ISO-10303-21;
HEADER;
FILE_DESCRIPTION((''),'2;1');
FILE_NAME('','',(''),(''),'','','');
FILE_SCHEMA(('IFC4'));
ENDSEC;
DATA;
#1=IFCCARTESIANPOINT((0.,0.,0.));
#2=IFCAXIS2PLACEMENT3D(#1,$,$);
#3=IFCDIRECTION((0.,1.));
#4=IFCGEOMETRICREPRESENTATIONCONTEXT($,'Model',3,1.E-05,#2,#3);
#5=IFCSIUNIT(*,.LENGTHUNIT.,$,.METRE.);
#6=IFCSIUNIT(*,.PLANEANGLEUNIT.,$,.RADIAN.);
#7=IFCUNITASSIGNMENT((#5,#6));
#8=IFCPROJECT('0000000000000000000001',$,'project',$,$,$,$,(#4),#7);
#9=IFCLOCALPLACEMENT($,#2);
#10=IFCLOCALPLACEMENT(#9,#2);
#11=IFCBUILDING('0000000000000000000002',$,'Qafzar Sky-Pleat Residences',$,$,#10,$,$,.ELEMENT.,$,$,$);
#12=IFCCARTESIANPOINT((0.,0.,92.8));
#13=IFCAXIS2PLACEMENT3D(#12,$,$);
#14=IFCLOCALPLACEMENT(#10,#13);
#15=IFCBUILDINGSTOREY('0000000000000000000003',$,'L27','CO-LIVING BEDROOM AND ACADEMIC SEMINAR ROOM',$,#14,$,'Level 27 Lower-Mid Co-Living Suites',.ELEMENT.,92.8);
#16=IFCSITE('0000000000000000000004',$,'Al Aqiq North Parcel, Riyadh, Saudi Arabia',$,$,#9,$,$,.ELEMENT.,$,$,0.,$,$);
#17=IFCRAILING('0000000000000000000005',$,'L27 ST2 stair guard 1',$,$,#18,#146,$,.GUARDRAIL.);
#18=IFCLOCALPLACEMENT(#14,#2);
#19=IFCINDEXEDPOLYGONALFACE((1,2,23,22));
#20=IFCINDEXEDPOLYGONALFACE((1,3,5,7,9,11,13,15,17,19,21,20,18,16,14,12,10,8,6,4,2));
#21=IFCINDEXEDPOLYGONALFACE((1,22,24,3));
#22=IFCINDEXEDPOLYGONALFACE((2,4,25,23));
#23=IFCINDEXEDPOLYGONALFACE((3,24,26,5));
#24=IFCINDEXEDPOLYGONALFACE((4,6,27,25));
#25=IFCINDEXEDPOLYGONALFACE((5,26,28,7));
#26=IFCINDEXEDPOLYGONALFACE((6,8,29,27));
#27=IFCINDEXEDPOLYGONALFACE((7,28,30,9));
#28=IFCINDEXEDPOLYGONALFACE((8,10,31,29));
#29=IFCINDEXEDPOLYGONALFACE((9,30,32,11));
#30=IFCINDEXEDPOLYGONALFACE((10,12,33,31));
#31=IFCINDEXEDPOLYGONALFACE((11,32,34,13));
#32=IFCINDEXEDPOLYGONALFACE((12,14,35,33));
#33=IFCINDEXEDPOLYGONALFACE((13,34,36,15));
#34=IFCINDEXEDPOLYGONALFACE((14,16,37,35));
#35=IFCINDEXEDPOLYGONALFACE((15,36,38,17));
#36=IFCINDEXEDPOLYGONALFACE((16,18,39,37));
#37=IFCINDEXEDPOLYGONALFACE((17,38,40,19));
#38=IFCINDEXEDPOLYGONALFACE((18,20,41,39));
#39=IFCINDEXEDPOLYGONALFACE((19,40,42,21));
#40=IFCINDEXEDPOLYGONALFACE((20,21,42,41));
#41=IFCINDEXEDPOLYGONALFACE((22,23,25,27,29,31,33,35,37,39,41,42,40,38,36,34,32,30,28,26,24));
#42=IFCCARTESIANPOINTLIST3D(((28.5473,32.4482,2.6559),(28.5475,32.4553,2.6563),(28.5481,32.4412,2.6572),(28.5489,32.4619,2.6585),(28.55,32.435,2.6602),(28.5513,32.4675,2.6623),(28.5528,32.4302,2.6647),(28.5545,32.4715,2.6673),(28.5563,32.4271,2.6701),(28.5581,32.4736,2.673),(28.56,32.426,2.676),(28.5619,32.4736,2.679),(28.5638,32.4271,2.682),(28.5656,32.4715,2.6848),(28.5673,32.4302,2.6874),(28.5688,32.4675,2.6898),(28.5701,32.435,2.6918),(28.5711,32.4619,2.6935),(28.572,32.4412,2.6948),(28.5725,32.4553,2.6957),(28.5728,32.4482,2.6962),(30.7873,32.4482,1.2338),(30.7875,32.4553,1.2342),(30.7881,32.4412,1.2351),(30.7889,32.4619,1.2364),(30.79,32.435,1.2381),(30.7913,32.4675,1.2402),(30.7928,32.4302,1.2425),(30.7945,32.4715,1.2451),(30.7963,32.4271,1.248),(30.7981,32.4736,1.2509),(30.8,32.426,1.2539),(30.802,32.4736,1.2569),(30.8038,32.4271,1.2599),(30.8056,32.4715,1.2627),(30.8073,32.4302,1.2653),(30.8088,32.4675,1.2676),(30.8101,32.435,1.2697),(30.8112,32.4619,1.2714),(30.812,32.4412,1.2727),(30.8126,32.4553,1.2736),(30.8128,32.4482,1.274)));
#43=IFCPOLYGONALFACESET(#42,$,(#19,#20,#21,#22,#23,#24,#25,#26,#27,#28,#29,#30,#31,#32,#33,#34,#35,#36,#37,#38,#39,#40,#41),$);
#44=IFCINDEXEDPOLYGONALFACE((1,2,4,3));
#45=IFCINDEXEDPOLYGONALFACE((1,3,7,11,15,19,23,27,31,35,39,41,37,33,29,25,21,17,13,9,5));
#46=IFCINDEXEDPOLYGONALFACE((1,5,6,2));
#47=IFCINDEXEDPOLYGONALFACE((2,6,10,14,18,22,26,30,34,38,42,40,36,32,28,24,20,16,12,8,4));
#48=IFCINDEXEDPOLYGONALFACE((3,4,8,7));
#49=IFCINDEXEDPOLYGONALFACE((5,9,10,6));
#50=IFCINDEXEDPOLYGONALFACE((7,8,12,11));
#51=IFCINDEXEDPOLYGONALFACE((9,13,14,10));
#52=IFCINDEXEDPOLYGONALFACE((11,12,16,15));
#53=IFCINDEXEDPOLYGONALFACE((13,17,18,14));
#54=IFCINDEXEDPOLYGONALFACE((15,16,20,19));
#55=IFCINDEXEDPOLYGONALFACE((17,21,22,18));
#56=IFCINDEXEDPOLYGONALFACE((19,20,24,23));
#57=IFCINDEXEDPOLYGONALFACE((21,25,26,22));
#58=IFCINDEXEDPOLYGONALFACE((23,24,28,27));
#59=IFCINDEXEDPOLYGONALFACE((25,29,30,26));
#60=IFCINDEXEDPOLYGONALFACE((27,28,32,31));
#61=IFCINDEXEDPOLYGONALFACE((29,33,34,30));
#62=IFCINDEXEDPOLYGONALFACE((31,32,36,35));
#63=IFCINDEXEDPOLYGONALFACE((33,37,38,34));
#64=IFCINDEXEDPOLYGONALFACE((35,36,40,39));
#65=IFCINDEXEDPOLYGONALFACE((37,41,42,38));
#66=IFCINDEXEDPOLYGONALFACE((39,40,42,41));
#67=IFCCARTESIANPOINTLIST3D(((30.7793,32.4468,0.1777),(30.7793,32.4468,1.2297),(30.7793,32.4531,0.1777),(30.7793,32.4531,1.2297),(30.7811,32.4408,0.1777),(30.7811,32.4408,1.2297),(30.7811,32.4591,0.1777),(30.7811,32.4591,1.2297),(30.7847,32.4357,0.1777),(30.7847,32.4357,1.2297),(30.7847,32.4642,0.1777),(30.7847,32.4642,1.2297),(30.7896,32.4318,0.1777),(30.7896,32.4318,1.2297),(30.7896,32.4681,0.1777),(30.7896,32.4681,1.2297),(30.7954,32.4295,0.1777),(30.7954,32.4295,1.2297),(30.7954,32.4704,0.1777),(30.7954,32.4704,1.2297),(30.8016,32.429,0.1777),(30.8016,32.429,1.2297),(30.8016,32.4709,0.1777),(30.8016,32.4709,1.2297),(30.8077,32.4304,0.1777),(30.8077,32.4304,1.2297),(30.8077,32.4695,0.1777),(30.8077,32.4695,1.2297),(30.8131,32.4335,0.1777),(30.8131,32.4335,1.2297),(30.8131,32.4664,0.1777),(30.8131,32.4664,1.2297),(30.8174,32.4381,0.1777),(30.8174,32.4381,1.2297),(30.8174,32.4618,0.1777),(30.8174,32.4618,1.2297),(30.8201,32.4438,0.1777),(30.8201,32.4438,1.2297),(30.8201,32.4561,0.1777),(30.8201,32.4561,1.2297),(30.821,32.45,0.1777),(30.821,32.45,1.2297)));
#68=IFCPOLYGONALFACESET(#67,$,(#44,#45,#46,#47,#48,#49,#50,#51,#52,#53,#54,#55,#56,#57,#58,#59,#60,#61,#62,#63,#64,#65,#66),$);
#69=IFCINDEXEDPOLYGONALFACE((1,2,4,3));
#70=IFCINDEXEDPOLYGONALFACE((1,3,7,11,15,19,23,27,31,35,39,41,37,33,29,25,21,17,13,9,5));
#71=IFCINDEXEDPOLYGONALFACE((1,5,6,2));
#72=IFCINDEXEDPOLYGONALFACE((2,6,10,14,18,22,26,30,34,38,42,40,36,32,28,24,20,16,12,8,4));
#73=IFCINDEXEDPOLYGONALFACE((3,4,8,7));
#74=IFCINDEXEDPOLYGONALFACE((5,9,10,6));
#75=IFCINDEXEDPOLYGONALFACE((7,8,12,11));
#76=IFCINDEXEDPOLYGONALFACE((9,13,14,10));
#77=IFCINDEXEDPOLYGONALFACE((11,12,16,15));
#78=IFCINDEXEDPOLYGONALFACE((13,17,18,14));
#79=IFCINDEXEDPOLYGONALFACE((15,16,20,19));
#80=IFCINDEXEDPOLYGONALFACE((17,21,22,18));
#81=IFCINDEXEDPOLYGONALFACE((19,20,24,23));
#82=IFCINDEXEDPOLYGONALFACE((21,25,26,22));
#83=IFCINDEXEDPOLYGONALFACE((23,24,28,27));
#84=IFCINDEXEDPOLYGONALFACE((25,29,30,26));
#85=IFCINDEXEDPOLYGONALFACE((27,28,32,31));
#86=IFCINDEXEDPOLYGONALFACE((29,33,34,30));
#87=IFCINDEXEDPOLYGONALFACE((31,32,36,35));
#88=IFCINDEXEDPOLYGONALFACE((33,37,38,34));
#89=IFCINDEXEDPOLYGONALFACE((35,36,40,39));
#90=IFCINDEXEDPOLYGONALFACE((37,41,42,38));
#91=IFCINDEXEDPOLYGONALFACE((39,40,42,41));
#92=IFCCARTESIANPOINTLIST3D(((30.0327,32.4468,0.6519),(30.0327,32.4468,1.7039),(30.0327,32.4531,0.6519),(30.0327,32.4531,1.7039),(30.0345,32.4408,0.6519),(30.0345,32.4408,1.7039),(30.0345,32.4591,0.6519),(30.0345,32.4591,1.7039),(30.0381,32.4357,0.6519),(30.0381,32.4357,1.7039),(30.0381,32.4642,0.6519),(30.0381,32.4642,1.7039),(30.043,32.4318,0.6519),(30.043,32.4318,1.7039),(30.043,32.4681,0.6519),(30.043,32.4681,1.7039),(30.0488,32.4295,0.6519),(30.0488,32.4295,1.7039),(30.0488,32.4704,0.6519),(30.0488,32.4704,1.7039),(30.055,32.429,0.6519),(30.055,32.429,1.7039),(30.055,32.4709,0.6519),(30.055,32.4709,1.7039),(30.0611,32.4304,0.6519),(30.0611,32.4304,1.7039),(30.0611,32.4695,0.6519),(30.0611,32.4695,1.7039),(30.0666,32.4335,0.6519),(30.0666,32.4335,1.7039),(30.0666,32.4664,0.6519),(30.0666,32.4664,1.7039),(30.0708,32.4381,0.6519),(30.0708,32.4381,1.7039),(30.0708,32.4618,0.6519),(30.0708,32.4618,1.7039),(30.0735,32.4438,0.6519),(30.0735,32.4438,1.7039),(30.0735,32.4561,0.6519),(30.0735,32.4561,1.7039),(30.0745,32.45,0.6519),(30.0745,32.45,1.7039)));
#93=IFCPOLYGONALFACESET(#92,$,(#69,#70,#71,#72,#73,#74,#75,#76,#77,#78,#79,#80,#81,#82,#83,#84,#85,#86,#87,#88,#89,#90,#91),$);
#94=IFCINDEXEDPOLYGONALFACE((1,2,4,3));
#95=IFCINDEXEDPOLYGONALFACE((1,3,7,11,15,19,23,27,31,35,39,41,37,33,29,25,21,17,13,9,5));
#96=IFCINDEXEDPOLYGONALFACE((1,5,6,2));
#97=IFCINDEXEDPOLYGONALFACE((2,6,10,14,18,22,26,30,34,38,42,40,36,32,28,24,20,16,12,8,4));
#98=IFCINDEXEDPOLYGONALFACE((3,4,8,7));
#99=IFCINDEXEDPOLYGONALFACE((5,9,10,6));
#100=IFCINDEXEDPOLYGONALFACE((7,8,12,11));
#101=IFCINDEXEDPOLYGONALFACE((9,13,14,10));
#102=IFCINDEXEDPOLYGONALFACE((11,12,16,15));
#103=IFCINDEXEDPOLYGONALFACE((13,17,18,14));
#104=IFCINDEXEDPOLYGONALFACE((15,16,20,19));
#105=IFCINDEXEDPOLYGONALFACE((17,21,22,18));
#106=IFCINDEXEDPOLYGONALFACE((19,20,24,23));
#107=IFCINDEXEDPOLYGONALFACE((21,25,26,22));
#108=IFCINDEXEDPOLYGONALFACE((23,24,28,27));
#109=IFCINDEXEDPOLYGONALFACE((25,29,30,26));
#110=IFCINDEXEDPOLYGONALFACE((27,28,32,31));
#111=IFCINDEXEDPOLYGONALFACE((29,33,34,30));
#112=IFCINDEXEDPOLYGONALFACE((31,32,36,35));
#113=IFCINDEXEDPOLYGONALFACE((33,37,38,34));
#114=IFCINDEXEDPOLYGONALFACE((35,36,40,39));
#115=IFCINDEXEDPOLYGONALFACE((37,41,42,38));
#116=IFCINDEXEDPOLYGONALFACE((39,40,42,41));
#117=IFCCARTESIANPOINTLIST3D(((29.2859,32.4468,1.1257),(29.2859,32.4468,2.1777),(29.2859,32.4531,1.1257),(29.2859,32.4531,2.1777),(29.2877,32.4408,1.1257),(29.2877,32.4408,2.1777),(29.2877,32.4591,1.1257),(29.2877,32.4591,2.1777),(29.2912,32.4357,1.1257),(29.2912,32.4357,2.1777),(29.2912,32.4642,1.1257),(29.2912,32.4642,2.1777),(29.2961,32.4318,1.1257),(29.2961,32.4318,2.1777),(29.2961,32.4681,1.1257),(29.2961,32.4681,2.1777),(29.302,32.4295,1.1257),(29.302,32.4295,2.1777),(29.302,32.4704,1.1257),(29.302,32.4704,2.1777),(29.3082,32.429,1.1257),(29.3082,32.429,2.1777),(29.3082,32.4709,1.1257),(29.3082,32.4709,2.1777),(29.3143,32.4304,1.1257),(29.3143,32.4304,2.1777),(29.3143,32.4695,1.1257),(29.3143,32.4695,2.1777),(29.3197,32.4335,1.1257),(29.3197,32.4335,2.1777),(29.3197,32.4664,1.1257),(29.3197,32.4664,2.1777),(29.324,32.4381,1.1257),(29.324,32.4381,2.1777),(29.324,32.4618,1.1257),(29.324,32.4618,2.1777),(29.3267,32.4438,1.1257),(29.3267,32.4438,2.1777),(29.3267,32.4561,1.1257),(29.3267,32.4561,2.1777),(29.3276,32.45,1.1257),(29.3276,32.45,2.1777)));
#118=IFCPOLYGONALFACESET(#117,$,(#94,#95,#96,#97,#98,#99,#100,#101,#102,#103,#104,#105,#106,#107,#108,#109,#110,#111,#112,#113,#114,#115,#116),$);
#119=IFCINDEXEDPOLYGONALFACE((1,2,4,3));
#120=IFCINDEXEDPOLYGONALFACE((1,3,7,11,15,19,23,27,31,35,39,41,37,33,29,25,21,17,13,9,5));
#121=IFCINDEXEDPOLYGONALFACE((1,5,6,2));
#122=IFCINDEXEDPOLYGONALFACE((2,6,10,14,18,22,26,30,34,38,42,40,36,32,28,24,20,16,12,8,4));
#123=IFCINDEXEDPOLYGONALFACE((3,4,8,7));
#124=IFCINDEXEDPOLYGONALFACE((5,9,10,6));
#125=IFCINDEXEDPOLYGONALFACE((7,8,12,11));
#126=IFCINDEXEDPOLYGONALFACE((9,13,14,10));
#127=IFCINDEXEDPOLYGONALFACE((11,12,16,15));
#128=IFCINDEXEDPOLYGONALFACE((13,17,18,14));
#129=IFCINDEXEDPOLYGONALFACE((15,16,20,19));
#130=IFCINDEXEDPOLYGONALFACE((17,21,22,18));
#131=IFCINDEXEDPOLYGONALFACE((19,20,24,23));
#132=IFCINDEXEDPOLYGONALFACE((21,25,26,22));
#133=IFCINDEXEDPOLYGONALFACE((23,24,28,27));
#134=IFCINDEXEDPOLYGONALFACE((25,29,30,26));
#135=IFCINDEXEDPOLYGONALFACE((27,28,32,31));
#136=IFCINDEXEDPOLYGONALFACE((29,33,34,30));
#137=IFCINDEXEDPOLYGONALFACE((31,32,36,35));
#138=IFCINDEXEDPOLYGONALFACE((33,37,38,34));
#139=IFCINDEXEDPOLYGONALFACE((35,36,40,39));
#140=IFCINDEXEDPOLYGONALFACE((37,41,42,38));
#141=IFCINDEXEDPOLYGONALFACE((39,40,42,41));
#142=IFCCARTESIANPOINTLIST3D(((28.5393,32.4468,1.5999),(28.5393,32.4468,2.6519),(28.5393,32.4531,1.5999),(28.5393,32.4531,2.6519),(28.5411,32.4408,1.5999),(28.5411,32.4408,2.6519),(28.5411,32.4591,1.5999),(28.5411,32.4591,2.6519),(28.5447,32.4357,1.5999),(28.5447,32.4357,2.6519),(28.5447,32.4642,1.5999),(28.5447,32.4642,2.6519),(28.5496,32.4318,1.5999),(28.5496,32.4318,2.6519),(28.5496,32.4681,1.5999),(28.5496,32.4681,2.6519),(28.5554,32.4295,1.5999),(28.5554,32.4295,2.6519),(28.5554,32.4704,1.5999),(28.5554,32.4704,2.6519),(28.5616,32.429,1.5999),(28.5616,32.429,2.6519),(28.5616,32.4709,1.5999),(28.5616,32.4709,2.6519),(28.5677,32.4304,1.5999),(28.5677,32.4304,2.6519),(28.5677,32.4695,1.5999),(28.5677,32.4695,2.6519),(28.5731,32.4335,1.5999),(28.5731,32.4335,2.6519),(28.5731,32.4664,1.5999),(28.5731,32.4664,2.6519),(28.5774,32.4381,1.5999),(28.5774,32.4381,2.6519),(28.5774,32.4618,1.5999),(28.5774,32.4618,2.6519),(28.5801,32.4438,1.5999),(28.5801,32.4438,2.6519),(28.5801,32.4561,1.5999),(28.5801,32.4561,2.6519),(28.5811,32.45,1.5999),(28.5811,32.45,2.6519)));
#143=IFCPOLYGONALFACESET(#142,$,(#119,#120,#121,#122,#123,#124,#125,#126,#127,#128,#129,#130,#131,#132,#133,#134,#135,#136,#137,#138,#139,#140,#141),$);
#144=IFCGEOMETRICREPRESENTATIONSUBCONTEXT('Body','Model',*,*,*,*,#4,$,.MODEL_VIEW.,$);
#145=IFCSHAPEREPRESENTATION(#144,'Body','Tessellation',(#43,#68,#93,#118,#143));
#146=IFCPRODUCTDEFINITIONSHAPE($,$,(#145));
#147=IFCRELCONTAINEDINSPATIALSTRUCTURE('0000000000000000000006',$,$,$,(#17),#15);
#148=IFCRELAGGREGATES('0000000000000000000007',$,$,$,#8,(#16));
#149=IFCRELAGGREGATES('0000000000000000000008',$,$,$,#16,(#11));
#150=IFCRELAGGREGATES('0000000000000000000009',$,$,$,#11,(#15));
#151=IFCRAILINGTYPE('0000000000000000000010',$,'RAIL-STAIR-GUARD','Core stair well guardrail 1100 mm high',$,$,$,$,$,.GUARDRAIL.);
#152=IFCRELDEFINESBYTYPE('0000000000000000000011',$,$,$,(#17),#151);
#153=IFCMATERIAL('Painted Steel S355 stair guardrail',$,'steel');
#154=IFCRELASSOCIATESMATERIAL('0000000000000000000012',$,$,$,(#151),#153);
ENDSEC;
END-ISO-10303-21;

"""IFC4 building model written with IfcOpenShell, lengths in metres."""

from ifc_helpers import new_model, si_unit, direction, frame, origin, origin_2d, place, context, subcontext, project, spatial, circle, extrude, source, transform, mapped, material, type_object, element, save


model = new_model("IFC4")

# Units and contexts
model_context = context("Model", 3, precision=1e-05, world=origin(), true_north=direction((0.0, 1.0)))
body_context = subcontext(model_context, "Body", "Model", "MODEL_VIEW")
ifc_project = project(units=[si_unit("LENGTHUNIT", "METRE"), si_unit("PLANEANGLEUNIT", "RADIAN")], contexts=[model_context])

# Site, building, storey
site_placement = place(None, origin())
site = spatial("IfcSite", under=ifc_project, at=site_placement, Name="Al Aqiq North Parcel, Riyadh, Saudi Arabia", CompositionType="ELEMENT", RefElevation=0.0)
building_placement = place(site_placement, origin())
building = spatial("IfcBuilding", under=site, at=building_placement, Name="Qafzar Sky-Pleat Residences", CompositionType="ELEMENT")
storey_placement = place(building_placement, frame((0.0, 0.0, 92.8)))
storey = spatial("IfcBuildingStorey", under=building, at=storey_placement, Name="L27", Description="CO-LIVING BEDROOM AND ACADEMIC SEMINAR ROOM", LongName="Level 27 Lower-Mid Co-Living Suites", CompositionType="ELEMENT", Elevation=92.8)

# Railing
ifc_material_1 = material(Name="Painted Steel S355 stair guardrail", Category="steel")
railing_type_1 = type_object("IfcRailingType", Name="RAIL-STAIR-GUARD", Description="Core stair well guardrail 1100 mm high", PredefinedType="GUARDRAIL", material=ifc_material_1)
shared_shape_1 = source(origin(), body_context, "Body", "SweptSolid", [
    extrude(circle(Radius=0.0239, at=origin_2d()), frame((0.0, 0.0, 1.0762), z_axis=(-0.844229, 0.0, 0.535982), x_axis=(0.0, -1.0, 0.0)), (0.0, 0.0, 1.0), 2.6533),
    extrude(circle(Radius=0.021, at=origin_2d()), origin(), (0.0, 0.0, 1.0), 1.052),
    extrude(circle(Radius=0.021, at=origin_2d()), frame((-0.7466, 0.0, 0.4741)), (0.0, 0.0, 1.0), 1.052),
    extrude(circle(Radius=0.021, at=origin_2d()), frame((-1.4934, 0.0, 0.948)), (0.0, 0.0, 1.0), 1.052),
    extrude(circle(Radius=0.021, at=origin_2d()), frame((-2.24, 0.0, 1.4221)), (0.0, 0.0, 1.0), 1.052),
])
railing_1_placement = place(storey_placement, frame((30.8, 32.45, 0.1777)))
element("IfcRailing", 1, at=railing_1_placement, inside=storey, type_object=railing_type_1, Name="L27 ST2 stair guard 1", PredefinedType="GUARDRAIL", context=body_context, shape_type="MappedRepresentation", body=[
    mapped(shared_shape_1, transform((0.0, 0.0, 0.0), x_axis=(1.0, 0.0, 0.0), y_axis=(0.0, 1.0, 0.0), z_axis=(0.0, 0.0, 1.0), scale=1.0)),
])

save(model, "model.ifc")
